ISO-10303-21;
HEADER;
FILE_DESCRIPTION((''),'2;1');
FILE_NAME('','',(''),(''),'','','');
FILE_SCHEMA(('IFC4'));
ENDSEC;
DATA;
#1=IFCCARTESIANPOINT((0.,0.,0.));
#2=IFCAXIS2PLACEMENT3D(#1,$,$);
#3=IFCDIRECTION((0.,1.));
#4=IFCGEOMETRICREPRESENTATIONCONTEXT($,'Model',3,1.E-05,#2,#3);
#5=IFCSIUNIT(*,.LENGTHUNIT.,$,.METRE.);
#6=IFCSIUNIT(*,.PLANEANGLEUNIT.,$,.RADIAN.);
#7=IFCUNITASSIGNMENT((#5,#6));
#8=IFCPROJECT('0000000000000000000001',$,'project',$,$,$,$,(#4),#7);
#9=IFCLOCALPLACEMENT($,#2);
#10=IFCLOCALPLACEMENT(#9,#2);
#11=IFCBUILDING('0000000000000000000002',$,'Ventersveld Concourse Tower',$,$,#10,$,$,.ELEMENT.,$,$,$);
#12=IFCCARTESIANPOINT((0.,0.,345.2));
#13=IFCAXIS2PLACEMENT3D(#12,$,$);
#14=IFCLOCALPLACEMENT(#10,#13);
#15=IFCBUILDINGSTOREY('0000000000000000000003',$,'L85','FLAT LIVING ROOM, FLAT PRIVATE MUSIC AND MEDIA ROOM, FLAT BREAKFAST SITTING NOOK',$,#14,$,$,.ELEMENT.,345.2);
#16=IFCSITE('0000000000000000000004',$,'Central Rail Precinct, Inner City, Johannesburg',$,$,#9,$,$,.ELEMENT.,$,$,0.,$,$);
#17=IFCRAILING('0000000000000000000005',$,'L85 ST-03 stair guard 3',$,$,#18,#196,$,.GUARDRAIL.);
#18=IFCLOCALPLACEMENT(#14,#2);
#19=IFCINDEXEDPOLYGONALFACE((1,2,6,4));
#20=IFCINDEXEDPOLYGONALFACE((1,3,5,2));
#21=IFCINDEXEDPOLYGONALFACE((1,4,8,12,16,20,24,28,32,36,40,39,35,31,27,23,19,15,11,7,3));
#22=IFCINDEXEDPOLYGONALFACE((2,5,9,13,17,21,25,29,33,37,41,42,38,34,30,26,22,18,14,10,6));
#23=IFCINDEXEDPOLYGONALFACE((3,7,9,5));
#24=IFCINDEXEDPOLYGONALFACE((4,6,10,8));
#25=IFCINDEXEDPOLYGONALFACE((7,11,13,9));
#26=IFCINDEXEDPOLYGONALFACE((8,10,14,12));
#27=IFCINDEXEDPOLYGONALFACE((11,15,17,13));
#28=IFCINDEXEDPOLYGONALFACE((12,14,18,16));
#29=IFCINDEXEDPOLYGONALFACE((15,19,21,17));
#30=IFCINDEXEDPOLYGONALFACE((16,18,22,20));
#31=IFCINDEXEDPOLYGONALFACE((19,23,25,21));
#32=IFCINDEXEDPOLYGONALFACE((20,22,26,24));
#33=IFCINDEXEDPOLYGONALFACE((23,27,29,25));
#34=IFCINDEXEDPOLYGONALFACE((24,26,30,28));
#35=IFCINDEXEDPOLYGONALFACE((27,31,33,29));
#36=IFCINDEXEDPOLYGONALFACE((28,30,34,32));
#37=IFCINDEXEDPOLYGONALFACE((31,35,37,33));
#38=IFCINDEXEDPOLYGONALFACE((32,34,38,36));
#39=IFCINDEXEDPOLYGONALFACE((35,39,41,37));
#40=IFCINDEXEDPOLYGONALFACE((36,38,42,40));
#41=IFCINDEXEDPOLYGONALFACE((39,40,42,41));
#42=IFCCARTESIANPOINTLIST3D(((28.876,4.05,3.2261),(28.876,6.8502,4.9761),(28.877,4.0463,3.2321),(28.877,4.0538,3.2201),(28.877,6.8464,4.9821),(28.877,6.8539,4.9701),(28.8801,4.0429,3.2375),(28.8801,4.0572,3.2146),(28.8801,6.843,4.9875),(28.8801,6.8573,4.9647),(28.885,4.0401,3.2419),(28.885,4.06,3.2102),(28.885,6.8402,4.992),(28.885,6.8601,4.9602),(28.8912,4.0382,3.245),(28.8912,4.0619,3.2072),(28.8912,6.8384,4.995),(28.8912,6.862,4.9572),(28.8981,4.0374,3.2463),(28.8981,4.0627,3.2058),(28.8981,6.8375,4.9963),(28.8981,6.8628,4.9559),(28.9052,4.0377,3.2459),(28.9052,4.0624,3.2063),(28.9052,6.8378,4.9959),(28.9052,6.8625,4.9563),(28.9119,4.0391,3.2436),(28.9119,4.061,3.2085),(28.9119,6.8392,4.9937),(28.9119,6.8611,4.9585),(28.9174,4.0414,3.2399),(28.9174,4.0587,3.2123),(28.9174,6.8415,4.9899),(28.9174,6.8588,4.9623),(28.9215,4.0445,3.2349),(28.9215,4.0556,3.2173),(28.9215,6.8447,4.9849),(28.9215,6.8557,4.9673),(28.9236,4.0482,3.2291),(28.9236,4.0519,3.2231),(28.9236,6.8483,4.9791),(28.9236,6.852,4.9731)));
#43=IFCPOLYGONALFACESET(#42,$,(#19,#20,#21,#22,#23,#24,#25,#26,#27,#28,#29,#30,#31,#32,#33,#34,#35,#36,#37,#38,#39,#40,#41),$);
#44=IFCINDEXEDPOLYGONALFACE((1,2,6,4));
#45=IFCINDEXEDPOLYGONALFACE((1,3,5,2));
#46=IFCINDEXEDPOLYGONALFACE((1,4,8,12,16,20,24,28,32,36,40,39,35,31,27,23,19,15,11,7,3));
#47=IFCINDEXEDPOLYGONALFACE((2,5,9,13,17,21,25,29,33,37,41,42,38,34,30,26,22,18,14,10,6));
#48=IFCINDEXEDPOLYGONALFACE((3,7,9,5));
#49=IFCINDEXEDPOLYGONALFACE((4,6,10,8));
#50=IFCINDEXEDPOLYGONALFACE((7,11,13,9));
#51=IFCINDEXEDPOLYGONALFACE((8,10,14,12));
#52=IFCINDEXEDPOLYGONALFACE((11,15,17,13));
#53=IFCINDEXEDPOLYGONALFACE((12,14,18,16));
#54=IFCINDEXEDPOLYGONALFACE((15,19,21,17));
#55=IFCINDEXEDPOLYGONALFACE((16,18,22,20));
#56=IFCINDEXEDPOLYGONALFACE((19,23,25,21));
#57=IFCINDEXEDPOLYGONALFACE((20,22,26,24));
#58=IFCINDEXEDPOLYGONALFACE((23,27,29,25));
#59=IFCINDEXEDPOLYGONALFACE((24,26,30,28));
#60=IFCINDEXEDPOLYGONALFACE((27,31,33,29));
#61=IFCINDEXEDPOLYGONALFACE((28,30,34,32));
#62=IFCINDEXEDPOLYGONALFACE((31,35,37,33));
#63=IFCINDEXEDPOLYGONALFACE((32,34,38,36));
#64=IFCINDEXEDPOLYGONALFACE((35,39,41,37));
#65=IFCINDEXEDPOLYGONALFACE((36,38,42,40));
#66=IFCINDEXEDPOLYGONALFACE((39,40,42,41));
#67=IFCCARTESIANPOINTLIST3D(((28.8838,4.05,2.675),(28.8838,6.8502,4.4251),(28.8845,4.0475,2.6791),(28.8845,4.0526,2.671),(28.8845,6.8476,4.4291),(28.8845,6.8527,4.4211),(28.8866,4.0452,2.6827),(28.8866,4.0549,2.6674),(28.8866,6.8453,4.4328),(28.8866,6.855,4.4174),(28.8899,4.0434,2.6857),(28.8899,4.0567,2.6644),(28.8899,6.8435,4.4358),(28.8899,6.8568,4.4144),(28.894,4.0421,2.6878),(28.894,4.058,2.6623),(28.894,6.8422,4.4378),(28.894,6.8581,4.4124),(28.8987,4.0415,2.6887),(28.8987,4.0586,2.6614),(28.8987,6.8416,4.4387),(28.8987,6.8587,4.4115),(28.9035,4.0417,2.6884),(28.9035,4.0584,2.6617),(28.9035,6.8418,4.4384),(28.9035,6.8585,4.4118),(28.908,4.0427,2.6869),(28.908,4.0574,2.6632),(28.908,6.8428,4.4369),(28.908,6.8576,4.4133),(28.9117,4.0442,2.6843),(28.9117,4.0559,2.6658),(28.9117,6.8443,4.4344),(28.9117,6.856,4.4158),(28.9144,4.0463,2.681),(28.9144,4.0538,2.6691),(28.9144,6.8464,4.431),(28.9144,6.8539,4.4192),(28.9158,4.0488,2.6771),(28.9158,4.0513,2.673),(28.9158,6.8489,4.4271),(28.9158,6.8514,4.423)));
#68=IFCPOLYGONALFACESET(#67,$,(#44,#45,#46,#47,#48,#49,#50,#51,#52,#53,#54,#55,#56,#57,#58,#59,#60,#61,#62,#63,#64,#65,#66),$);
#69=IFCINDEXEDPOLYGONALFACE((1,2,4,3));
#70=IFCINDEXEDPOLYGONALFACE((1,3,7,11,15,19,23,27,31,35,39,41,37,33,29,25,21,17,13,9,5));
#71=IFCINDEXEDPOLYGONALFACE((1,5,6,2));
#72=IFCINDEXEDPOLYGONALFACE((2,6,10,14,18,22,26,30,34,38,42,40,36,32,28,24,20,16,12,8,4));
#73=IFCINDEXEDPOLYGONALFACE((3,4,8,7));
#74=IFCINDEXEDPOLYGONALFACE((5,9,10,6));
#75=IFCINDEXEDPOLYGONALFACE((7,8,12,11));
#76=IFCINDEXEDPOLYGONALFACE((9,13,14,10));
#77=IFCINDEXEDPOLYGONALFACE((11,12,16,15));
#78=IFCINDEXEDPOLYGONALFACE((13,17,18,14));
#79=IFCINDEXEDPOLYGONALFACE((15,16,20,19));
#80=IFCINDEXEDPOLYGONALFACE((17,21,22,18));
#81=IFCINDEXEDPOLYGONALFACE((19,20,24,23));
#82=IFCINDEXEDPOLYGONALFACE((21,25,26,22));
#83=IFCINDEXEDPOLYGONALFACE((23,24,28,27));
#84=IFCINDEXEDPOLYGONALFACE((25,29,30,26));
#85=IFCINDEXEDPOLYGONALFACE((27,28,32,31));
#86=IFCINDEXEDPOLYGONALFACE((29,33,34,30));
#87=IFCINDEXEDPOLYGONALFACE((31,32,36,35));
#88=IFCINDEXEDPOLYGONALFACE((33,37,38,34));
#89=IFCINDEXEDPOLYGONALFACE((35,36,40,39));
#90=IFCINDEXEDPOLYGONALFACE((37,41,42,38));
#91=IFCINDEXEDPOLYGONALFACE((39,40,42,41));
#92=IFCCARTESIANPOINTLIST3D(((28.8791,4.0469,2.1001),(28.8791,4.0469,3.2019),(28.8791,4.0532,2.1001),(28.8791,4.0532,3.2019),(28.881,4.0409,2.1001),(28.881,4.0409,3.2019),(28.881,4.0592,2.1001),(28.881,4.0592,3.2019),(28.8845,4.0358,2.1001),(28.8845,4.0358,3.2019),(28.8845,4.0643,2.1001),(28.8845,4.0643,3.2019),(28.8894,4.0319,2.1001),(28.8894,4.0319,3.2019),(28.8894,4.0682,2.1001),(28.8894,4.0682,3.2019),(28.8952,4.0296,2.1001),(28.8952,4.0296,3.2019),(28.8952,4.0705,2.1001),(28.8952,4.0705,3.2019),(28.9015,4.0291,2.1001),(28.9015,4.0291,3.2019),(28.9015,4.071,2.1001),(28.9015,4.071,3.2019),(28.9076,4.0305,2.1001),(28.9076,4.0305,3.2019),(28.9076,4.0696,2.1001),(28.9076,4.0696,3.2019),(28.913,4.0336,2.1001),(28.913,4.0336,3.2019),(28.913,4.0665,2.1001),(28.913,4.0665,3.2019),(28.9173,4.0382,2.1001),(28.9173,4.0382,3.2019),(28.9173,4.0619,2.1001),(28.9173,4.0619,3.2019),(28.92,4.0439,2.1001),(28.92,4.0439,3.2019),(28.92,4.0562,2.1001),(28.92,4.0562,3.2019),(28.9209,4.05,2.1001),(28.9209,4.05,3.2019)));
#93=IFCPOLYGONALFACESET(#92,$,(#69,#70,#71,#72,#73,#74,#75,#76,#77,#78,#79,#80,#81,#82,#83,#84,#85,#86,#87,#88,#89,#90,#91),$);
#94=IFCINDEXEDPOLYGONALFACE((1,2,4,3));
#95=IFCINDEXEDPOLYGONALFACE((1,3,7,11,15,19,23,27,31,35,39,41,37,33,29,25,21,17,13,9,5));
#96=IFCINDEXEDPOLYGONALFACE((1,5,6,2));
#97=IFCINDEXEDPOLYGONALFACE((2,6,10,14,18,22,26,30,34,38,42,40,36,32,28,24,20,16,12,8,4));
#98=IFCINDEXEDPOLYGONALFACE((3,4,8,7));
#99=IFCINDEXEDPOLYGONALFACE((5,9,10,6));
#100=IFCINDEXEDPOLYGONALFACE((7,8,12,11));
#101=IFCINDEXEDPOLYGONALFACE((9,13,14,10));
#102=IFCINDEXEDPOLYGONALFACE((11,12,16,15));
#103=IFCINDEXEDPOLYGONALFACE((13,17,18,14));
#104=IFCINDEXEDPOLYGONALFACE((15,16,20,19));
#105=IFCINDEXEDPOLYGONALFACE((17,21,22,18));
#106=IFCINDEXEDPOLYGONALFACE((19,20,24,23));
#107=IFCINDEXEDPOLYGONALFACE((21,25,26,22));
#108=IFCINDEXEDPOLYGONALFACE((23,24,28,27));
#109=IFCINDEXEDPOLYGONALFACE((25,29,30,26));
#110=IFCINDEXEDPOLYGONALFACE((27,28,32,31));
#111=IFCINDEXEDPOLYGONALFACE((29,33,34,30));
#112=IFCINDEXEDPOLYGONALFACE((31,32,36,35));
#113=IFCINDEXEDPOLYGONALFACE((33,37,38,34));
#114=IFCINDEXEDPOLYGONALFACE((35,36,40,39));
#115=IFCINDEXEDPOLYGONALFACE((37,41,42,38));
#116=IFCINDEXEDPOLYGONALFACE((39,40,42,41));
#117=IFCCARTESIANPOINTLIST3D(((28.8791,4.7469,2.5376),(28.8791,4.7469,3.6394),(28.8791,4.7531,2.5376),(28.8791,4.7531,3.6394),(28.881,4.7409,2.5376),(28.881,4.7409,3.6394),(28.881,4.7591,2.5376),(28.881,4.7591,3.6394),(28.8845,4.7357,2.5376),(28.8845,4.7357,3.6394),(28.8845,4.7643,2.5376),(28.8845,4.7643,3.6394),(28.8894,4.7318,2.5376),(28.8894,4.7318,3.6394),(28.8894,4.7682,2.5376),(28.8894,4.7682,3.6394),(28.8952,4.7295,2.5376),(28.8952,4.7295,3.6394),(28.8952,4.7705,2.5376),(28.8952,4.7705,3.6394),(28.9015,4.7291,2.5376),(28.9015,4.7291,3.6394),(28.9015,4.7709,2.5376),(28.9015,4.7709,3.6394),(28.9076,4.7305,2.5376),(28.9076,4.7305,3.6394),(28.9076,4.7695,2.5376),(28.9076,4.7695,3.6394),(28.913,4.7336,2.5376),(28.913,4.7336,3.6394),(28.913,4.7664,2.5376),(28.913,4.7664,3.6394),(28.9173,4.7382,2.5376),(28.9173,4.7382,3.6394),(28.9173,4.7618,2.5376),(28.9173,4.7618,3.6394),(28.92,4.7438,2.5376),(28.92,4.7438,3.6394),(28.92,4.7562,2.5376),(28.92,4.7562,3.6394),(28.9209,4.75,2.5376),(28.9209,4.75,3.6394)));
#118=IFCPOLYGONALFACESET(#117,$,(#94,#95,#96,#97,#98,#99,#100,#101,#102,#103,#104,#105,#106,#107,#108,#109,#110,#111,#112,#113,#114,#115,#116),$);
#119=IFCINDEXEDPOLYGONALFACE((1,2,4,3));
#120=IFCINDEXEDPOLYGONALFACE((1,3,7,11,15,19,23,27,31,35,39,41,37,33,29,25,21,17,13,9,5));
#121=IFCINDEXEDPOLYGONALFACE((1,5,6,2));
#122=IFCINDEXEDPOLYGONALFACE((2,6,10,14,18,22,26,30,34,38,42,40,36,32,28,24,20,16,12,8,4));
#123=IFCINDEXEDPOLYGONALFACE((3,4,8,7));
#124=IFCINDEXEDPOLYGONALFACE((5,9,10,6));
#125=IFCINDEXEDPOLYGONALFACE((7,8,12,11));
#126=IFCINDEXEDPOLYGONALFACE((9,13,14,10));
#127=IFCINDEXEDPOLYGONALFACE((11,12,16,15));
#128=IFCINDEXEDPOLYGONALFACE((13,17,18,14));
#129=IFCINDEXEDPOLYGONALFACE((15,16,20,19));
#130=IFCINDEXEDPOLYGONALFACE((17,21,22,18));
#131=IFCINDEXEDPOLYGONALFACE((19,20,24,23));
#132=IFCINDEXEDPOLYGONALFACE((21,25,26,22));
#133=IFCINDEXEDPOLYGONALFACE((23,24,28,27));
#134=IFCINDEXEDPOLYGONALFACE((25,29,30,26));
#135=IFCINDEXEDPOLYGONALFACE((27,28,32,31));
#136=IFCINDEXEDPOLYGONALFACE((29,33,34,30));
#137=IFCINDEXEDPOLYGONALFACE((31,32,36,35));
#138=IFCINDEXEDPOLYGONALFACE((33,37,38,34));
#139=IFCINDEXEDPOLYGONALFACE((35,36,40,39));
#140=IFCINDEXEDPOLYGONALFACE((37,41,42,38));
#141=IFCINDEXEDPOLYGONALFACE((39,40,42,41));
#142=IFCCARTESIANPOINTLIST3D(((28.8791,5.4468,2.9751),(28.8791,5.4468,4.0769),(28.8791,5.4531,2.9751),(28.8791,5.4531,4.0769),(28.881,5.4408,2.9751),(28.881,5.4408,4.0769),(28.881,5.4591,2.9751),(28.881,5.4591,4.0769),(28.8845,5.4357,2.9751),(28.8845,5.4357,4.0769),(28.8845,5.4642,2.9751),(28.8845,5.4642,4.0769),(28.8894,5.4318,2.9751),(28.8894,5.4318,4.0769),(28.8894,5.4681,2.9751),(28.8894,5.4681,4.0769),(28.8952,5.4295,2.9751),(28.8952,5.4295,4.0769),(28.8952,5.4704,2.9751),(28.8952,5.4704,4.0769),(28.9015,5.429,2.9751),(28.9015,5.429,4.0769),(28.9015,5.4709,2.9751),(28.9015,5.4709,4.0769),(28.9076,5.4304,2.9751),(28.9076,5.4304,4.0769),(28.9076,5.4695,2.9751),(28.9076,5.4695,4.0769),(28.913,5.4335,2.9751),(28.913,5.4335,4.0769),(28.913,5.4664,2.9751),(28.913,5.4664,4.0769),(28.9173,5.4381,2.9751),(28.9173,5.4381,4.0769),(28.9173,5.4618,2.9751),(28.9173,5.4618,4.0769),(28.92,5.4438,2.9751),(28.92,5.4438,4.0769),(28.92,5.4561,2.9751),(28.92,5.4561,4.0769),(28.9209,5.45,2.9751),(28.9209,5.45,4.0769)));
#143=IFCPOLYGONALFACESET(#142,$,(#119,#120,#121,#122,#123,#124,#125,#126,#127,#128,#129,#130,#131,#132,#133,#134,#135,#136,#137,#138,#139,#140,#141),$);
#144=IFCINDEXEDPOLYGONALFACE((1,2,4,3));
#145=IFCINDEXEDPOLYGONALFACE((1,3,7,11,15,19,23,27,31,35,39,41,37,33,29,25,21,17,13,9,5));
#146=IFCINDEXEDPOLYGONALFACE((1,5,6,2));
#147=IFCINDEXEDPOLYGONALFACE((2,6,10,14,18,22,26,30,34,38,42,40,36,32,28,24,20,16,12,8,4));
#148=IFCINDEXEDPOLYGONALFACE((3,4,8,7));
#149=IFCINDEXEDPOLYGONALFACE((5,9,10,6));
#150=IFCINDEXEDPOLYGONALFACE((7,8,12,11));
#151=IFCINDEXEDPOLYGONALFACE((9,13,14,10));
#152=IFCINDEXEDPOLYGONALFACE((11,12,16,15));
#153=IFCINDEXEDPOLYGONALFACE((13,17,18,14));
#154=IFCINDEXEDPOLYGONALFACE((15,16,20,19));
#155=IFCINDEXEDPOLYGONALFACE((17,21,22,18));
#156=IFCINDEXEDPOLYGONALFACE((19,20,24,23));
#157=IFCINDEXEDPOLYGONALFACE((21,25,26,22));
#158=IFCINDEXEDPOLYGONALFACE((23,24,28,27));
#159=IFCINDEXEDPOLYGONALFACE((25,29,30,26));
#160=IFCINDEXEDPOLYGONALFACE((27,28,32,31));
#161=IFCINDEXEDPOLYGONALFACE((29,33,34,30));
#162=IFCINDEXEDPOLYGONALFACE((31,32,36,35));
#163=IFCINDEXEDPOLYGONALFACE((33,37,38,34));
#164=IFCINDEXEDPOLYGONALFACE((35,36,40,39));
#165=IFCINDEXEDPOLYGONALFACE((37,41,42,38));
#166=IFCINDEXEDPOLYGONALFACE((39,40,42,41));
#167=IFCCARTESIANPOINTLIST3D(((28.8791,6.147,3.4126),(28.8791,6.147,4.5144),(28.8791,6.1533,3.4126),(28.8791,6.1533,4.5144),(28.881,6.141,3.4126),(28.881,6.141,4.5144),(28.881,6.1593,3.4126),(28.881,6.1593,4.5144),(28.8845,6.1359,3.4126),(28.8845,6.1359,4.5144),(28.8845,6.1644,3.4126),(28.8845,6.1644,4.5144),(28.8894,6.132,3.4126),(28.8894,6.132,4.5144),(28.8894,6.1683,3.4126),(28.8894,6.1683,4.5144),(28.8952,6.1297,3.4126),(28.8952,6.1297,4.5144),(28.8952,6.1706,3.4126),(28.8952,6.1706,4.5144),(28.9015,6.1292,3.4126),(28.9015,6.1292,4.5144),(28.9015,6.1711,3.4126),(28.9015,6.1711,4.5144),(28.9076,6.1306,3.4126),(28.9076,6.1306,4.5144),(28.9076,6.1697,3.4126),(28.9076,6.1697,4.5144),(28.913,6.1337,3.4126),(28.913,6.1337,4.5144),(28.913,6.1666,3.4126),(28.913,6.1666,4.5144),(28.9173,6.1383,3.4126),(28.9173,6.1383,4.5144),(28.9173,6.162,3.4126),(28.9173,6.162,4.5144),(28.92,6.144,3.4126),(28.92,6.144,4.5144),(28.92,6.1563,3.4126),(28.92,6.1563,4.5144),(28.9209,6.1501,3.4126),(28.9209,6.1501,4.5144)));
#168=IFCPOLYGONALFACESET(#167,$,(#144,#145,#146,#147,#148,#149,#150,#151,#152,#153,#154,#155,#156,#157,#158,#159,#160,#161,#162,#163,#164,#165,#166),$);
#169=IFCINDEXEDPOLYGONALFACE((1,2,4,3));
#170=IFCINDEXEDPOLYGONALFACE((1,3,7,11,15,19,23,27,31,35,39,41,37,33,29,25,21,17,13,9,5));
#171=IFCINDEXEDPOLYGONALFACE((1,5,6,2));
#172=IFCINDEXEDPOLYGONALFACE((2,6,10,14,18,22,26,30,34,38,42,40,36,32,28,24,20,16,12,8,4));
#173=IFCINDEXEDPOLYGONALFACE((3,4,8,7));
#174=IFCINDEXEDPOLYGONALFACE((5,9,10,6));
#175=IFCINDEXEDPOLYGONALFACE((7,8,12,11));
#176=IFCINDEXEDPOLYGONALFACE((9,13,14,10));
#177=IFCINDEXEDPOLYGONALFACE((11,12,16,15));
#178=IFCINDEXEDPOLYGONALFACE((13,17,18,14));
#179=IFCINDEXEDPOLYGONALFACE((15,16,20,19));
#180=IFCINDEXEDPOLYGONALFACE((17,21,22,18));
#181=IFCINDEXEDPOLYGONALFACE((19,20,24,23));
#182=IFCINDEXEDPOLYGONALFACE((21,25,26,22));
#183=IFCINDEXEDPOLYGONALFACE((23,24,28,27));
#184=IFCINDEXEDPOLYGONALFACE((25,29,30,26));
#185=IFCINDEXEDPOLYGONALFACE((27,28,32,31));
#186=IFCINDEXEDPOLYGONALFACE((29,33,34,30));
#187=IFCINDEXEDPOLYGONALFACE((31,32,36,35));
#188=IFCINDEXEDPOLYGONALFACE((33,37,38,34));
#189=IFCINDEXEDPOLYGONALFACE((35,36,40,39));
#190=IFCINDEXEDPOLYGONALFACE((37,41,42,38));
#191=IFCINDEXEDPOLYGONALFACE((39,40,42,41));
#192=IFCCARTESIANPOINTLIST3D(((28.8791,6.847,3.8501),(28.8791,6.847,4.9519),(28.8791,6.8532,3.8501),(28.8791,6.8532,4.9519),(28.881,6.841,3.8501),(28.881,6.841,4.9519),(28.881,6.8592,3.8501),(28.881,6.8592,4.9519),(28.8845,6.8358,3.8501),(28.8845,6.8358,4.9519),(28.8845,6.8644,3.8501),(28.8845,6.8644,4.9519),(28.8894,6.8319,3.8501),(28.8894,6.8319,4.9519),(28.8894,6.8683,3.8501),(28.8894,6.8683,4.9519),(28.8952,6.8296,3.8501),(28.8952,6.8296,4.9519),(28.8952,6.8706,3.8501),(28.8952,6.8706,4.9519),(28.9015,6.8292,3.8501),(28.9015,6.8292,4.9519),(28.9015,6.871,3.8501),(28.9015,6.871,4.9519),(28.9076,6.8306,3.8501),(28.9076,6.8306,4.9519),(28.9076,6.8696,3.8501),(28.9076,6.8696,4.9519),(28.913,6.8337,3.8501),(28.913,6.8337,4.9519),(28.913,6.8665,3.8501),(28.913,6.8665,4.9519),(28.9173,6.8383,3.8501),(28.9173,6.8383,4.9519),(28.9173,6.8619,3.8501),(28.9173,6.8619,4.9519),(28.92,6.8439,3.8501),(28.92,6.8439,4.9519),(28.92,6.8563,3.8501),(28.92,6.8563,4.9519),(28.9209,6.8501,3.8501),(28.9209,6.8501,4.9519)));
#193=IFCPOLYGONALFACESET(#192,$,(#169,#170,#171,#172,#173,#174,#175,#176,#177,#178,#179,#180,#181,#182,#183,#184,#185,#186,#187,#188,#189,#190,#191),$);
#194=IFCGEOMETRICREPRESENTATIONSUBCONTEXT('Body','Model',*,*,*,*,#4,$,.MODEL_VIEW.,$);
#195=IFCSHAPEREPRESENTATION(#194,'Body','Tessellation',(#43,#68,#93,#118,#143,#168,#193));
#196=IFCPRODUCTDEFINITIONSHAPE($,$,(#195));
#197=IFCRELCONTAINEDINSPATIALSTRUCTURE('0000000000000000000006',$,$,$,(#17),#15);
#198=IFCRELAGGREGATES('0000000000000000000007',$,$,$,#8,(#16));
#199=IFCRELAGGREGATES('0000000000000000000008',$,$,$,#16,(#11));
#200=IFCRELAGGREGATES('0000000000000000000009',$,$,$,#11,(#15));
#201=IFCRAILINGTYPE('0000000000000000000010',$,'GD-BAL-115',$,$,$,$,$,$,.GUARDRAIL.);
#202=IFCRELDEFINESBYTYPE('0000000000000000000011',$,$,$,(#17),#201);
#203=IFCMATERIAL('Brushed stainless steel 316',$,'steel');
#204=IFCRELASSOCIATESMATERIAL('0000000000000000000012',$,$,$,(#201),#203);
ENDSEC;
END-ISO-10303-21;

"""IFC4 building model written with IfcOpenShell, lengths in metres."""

from ifc_helpers import new_model, si_unit, direction, frame, origin, origin_2d, place, context, subcontext, project, spatial, circle, extrude, material, type_object, element, save


model = new_model("IFC4")

# Units and contexts
model_context = context("Model", 3, precision=1e-05, world=origin(), true_north=direction((0.0, 1.0)))
body_context = subcontext(model_context, "Body", "Model", "MODEL_VIEW")
ifc_project = project(units=[si_unit("LENGTHUNIT", "METRE"), si_unit("PLANEANGLEUNIT", "RADIAN")], contexts=[model_context])

# Site, building, storey
site_placement = place(None, origin())
site = spatial("IfcSite", under=ifc_project, at=site_placement, Name="Central Rail Precinct, Inner City, Johannesburg", CompositionType="ELEMENT", RefElevation=0.0)
building_placement = place(site_placement, origin())
building = spatial("IfcBuilding", under=site, at=building_placement, Name="Ventersveld Concourse Tower", CompositionType="ELEMENT")
storey_placement = place(building_placement, frame((0.0, 0.0, 345.2)))
storey = spatial("IfcBuildingStorey", under=building, at=storey_placement, Name="L85", Description="FLAT LIVING ROOM, FLAT PRIVATE MUSIC AND MEDIA ROOM, FLAT BREAKFAST SITTING NOOK", CompositionType="ELEMENT", Elevation=345.2)

# Railing
ifc_material_1 = material(Name="Brushed stainless steel 316", Category="steel")
railing_type_1 = type_object("IfcRailingType", Name="GD-BAL-115", PredefinedType="GUARDRAIL", material=ifc_material_1)
railing_1_placement = place(storey_placement, frame((28.8999, 4.05, 2.1001)))
element("IfcRailing", 1, at=railing_1_placement, inside=storey, type_object=railing_type_1, Name="L85 ST-03 stair guard 3", PredefinedType="GUARDRAIL", context=body_context, shape_type="SweptSolid", body=[
    extrude(circle(Radius=0.0239, at=origin_2d()), frame((0.0, 0.0, 1.126), z_axis=(0.0, 0.848002, 0.529992), x_axis=(-1.0, 0.0, 0.0)), (0.0, 0.0, 1.0), 3.302),
    extrude(circle(Radius=0.0161, at=origin_2d()), frame((0.0, 0.0, 0.575), z_axis=(0.0, 0.848002, 0.529992), x_axis=(-1.0, 0.0, 0.0)), (0.0, 0.0, 1.0), 3.302),
    extrude(circle(Radius=0.021, at=origin_2d()), origin(), (0.0, 0.0, 1.0), 1.1018),
    extrude(circle(Radius=0.021, at=origin_2d()), frame((0.0, 0.7, 0.4375)), (0.0, 0.0, 1.0), 1.1018),
    extrude(circle(Radius=0.021, at=origin_2d()), frame((0.0, 1.3999, 0.875)), (0.0, 0.0, 1.0), 1.1018),
    extrude(circle(Radius=0.021, at=origin_2d()), frame((0.0, 2.1001, 1.3125)), (0.0, 0.0, 1.0), 1.1018),
    extrude(circle(Radius=0.021, at=origin_2d()), frame((0.0, 2.8, 1.75)), (0.0, 0.0, 1.0), 1.1018),
])

save(model, "model.ifc")
